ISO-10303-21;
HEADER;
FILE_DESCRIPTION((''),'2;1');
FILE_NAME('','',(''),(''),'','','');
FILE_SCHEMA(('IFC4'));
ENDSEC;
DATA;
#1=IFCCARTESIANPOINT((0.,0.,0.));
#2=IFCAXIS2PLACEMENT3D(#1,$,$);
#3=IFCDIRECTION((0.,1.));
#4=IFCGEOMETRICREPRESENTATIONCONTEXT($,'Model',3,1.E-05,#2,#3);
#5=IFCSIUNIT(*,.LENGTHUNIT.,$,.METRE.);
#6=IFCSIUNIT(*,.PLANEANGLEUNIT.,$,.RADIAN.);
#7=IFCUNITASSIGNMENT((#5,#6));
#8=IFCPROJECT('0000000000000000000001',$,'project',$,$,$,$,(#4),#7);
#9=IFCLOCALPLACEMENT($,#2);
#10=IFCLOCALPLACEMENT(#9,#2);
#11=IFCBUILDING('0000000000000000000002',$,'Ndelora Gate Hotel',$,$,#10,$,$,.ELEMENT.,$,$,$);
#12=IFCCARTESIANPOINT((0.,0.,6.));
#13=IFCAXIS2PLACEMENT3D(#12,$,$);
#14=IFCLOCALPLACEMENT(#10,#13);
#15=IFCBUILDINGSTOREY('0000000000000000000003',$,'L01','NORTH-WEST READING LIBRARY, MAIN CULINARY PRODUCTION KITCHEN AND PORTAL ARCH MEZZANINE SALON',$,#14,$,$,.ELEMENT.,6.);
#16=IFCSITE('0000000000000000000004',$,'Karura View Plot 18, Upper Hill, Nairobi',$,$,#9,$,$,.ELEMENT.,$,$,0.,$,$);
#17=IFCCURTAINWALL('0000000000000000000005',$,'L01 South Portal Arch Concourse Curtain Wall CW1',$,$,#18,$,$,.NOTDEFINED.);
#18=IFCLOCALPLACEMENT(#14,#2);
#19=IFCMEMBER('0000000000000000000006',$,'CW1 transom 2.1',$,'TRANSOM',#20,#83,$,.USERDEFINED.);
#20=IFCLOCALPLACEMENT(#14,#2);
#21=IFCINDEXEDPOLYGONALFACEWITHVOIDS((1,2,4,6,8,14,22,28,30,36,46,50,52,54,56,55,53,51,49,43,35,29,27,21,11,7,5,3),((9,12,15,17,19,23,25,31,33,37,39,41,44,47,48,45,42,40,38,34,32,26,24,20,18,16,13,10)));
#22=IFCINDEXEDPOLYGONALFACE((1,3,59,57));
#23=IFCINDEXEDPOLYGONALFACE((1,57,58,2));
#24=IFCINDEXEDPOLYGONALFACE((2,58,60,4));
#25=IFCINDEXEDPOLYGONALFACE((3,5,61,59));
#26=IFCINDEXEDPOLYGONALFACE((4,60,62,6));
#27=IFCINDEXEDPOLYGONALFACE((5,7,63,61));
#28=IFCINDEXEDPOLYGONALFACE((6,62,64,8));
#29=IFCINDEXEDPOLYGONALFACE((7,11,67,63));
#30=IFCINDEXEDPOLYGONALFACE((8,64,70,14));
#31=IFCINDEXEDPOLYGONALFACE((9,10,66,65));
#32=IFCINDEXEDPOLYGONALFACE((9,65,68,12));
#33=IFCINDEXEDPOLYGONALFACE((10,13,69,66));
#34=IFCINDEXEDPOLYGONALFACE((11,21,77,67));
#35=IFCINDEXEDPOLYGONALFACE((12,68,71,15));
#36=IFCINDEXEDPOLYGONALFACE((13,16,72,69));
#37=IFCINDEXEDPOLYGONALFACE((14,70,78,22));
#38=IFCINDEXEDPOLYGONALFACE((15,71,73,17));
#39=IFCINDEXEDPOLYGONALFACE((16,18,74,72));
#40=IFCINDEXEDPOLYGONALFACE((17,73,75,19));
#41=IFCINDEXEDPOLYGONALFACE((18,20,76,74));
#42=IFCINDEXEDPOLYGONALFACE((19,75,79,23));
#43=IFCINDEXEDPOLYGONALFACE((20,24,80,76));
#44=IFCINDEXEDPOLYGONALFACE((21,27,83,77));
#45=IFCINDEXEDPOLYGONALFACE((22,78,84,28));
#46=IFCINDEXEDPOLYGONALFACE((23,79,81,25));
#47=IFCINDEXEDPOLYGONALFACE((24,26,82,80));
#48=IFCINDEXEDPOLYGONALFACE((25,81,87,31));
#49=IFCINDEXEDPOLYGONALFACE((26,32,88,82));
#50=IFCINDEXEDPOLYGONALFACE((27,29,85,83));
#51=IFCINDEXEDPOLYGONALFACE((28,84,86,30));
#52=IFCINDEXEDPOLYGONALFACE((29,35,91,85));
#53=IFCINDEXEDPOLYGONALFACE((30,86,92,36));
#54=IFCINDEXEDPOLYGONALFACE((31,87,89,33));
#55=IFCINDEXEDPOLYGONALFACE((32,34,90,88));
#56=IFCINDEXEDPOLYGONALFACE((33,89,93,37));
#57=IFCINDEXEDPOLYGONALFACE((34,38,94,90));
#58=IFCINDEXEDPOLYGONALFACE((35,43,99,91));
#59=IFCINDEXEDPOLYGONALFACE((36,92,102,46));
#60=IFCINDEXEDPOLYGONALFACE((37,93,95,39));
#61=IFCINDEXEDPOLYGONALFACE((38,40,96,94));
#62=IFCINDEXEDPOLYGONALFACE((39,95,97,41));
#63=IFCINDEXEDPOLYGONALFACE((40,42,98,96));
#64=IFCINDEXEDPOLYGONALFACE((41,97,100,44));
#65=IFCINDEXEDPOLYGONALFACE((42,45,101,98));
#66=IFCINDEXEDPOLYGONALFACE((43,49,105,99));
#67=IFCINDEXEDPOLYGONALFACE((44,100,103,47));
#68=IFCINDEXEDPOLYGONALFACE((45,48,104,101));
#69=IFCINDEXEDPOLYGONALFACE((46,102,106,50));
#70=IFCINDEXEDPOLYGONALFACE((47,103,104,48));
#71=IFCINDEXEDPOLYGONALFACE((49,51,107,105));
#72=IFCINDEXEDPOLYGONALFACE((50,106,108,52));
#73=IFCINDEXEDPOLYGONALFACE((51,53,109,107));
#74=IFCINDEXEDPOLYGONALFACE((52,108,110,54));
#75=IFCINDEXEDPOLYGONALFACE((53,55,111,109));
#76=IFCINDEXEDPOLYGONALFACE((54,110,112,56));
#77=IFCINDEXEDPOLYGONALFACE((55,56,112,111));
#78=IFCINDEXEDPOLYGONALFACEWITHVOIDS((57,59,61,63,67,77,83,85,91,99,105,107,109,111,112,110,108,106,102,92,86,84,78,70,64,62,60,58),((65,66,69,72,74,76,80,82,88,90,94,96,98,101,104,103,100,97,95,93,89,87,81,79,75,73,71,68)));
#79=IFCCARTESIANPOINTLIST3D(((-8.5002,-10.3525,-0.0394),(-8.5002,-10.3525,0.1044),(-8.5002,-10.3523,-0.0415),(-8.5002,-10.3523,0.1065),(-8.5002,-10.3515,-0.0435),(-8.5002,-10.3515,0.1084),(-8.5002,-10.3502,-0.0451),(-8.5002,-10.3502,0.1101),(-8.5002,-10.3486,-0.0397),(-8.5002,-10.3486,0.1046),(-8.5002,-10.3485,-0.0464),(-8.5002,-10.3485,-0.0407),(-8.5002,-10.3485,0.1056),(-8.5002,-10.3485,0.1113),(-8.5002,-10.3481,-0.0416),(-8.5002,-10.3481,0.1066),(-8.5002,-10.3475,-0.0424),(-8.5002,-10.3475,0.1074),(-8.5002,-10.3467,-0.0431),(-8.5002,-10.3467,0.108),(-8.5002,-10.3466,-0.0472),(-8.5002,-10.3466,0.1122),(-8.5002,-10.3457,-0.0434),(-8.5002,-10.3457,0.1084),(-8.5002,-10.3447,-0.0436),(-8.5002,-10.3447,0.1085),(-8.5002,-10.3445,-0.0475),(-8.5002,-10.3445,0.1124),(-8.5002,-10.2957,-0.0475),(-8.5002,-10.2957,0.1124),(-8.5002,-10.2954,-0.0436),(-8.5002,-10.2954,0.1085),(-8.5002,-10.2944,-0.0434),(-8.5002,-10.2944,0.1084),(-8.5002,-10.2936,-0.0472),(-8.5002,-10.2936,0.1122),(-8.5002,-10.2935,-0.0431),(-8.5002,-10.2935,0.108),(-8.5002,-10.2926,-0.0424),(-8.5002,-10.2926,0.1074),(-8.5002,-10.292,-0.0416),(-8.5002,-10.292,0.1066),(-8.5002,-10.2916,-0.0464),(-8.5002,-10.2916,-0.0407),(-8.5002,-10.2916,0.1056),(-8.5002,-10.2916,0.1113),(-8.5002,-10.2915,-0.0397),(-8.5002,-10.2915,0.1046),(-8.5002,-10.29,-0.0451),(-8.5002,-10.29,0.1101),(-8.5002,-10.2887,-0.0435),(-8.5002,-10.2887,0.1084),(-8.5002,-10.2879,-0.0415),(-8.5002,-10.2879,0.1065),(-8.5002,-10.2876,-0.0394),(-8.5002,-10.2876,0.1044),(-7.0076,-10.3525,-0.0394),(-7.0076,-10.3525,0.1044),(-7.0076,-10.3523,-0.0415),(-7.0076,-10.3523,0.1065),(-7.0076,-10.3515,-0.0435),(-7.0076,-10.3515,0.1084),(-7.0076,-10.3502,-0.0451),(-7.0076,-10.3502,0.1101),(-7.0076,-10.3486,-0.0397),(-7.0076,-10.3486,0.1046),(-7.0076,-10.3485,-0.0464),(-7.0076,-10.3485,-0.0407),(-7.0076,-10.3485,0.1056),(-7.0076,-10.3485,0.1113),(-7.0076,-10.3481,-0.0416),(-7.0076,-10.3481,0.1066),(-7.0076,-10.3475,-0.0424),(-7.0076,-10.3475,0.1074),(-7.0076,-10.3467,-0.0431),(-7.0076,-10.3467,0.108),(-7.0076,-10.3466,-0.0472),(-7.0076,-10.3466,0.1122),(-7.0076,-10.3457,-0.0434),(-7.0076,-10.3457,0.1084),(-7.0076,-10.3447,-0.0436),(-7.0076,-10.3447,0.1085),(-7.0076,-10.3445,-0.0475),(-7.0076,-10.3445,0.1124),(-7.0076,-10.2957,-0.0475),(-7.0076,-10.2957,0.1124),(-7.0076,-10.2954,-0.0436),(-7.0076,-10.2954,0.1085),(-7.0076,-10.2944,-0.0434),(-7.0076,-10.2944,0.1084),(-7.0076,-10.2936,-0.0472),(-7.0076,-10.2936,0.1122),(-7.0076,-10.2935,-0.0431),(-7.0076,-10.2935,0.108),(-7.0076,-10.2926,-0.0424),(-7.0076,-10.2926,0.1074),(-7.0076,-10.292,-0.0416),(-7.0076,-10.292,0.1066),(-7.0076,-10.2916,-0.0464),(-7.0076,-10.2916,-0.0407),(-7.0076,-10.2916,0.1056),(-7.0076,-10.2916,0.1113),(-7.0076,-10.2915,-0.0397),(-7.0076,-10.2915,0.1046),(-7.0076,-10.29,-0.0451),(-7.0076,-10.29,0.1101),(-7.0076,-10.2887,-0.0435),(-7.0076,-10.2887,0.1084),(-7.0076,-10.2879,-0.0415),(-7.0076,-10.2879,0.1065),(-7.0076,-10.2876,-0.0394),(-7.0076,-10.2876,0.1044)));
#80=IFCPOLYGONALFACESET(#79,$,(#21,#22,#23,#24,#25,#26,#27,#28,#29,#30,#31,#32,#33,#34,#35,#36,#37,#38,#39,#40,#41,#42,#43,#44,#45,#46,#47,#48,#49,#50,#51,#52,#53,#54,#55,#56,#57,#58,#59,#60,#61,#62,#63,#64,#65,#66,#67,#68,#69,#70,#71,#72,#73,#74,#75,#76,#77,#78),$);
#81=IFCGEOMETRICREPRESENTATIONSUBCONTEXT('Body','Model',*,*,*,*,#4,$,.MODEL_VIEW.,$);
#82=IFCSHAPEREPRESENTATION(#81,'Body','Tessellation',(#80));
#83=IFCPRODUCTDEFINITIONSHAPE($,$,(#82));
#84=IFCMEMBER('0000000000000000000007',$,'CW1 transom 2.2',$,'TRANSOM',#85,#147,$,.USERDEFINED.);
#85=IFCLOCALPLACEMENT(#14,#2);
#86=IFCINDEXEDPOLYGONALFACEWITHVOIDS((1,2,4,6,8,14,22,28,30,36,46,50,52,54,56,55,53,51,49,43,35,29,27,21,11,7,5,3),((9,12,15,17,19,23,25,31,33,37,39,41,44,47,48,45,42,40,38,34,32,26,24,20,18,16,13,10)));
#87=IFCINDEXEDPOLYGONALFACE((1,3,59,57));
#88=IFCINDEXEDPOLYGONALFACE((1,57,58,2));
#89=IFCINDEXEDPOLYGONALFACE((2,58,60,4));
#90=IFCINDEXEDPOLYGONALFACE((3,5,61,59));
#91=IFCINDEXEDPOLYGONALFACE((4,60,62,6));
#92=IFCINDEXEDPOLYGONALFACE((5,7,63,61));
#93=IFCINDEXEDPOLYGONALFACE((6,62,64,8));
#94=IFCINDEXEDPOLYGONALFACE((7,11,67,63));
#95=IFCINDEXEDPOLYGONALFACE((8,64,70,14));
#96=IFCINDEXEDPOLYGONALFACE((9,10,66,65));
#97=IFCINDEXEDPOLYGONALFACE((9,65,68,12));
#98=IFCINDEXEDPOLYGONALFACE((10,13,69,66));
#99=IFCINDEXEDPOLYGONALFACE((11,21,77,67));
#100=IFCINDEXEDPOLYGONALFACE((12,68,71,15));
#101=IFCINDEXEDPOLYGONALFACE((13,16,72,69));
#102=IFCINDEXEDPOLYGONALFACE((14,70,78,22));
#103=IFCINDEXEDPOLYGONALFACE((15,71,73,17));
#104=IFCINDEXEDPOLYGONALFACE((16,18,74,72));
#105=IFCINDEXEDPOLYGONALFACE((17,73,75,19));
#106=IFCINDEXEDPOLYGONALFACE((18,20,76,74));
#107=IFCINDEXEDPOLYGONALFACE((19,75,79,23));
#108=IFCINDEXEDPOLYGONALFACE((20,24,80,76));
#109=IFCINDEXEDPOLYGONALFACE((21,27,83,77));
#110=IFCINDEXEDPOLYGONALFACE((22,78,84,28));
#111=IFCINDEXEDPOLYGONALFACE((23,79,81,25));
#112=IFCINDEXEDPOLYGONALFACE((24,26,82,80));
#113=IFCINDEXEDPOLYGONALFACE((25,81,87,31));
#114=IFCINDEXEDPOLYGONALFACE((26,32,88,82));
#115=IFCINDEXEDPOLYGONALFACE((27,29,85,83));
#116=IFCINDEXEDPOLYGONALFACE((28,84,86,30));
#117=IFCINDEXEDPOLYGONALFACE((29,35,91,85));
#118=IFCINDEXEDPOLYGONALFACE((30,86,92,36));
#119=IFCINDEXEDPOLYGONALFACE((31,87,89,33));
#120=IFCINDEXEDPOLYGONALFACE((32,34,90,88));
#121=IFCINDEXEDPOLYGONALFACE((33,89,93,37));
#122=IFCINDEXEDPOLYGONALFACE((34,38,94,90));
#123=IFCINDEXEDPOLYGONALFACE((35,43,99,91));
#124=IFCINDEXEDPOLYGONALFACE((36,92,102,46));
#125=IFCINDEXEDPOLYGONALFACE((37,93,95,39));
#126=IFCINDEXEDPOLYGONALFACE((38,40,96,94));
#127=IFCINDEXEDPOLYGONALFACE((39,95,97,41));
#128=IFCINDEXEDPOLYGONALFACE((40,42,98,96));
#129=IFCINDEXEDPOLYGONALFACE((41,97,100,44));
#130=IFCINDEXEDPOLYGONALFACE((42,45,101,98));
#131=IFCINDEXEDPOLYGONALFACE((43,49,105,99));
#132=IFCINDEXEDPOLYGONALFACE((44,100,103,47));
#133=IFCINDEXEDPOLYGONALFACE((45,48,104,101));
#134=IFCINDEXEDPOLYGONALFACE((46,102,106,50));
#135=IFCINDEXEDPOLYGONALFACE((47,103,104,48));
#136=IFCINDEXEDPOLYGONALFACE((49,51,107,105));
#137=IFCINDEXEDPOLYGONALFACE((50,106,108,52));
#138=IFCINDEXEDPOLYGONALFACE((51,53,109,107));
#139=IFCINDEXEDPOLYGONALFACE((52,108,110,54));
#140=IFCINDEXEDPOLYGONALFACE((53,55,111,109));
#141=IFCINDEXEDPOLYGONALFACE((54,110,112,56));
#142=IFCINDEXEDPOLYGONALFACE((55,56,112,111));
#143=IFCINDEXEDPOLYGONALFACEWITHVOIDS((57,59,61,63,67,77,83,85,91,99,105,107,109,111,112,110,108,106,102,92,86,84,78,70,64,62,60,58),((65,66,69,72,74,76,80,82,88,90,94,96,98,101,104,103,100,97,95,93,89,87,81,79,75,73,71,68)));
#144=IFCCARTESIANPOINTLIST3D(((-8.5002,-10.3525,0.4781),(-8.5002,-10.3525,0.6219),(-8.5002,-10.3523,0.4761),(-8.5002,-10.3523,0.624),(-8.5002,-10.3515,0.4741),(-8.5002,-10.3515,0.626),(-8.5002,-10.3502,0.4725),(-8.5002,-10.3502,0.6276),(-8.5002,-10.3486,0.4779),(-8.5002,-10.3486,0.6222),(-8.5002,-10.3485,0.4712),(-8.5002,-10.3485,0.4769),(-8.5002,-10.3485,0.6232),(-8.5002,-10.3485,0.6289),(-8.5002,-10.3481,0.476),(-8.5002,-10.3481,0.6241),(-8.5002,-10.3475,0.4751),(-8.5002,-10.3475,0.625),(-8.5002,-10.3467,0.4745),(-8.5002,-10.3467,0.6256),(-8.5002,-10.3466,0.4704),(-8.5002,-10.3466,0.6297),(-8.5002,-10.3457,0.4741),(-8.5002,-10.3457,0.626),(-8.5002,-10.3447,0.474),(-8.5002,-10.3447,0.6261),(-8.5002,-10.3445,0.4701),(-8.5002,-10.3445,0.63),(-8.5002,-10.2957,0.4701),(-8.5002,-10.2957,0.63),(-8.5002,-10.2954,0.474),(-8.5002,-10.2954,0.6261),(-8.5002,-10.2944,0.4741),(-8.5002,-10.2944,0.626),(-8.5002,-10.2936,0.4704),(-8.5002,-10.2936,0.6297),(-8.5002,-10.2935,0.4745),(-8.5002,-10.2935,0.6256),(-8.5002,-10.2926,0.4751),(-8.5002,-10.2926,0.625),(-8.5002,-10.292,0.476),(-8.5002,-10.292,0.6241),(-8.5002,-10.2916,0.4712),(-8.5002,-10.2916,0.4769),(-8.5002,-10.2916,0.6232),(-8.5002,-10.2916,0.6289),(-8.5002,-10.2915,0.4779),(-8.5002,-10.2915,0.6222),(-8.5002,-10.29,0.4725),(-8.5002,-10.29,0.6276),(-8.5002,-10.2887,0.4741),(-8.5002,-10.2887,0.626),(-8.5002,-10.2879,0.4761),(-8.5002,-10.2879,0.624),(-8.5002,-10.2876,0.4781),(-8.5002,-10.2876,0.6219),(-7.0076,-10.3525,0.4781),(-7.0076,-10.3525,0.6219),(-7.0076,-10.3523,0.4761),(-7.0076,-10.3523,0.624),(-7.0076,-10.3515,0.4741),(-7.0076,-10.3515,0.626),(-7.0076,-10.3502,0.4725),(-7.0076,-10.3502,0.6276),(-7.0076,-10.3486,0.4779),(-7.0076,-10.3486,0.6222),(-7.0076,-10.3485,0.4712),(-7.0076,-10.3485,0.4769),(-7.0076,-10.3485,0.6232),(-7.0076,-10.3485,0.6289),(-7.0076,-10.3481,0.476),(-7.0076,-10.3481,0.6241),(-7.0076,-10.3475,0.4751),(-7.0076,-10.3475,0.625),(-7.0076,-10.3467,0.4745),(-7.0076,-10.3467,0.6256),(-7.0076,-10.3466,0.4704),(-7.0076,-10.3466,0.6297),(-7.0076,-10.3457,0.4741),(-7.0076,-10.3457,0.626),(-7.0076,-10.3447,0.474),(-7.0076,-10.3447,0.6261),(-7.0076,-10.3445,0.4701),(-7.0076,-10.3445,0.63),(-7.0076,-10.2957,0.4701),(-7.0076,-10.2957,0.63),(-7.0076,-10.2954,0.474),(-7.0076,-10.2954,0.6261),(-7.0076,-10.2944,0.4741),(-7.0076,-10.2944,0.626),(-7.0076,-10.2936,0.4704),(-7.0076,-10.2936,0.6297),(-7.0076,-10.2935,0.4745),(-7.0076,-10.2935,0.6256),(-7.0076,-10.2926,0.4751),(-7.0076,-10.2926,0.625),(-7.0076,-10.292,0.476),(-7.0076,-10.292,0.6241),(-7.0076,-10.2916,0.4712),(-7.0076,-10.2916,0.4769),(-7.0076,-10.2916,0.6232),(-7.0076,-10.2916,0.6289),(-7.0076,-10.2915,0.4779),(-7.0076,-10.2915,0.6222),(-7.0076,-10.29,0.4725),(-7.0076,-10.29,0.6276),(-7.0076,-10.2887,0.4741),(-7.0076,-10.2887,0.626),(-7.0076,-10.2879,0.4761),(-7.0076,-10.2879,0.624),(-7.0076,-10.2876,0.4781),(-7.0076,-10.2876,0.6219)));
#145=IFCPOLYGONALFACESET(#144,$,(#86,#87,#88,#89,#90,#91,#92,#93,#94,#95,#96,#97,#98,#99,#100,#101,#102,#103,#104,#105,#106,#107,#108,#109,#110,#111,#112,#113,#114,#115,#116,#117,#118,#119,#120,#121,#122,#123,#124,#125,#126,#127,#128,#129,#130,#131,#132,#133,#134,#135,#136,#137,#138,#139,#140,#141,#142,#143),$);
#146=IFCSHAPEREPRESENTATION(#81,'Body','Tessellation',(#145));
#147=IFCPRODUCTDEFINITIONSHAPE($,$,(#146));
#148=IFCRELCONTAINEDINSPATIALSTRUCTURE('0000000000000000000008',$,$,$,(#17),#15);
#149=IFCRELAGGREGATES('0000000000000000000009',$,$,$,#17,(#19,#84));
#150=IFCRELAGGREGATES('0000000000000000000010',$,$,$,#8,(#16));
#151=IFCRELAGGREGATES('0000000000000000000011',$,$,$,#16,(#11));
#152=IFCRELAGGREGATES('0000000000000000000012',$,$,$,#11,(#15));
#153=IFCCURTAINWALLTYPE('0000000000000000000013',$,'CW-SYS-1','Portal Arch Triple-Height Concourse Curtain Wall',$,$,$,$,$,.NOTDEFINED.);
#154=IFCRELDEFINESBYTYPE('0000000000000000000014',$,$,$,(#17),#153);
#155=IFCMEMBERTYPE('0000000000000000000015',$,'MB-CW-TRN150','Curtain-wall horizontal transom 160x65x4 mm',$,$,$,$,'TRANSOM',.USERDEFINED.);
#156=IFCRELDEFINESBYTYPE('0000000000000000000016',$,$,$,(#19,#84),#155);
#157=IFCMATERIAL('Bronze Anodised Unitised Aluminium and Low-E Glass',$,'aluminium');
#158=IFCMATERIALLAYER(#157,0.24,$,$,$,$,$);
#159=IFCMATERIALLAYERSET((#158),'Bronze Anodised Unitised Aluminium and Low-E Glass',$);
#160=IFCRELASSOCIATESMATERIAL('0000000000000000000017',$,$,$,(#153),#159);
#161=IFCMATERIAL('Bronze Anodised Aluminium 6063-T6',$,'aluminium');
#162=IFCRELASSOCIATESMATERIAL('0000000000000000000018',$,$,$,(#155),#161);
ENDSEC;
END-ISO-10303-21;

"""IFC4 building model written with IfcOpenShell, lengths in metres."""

from ifc_helpers import new_model, si_unit, direction, frame, origin, origin_2d, place, context, subcontext, project, spatial, hollow_rectangle, extrude, material, layer, layer_set, material_profile, profile_set, type_object, element, aggregate, save


model = new_model("IFC4")

# Units and contexts
model_context = context("Model", 3, precision=1e-05, world=origin(), true_north=direction((0.0, 1.0)))
body_context = subcontext(model_context, "Body", "Model", "MODEL_VIEW")
ifc_project = project(units=[si_unit("LENGTHUNIT", "METRE"), si_unit("PLANEANGLEUNIT", "RADIAN")], contexts=[model_context])

# Site, building, storey
site_placement = place(None, origin())
site = spatial("IfcSite", under=ifc_project, at=site_placement, Name="Karura View Plot 18, Upper Hill, Nairobi", CompositionType="ELEMENT", RefElevation=0.0)
building_placement = place(site_placement, origin())
building = spatial("IfcBuilding", under=site, at=building_placement, Name="Ndelora Gate Hotel", CompositionType="ELEMENT")
storey_placement = place(building_placement, frame((0.0, 0.0, 6.0)))
storey = spatial("IfcBuildingStorey", under=building, at=storey_placement, Name="L01", Description="NORTH-WEST READING LIBRARY, MAIN CULINARY PRODUCTION KITCHEN AND PORTAL ARCH MEZZANINE SALON", CompositionType="ELEMENT", Elevation=6.0)

# Curtain wall, members
ifc_material_1 = material(Name="Bronze Anodised Unitised Aluminium and Low-E Glass", Category="aluminium")
ifc_layer_1 = layer(ifc_material_1, 0.24)
ifc_layer_set_1 = layer_set([ifc_layer_1], Name="Bronze Anodised Unitised Aluminium and Low-E Glass")
curtain_wall_type = type_object("IfcCurtainWallType", Name="CW-SYS-1", Description="Portal Arch Triple-Height Concourse Curtain Wall", PredefinedType="NOTDEFINED", material=ifc_layer_set_1)
curtain_wall_placement = place(storey_placement, origin())
curtain_wall = element("IfcCurtainWall", 1, at=curtain_wall_placement, inside=storey, type_object=curtain_wall_type, Name="L01 South Portal Arch Concourse Curtain Wall CW1", PredefinedType="NOTDEFINED")
ifc_material_2 = material(Name="Bronze Anodised Aluminium 6063-T6", Category="aluminium")
ifc_material_profile_1 = material_profile(ifc_material_2, hollow_rectangle(XDim=0.0649, YDim=0.1599, WallThickness=0.0039, InnerFilletRadius=0.0039, OuterFilletRadius=0.0081, at=origin_2d()), Name="ALU 160x65x4")
ifc_profile_set_1 = profile_set([ifc_material_profile_1], Name="Bronze Anodised Aluminium 6063-T6")
member_type_1 = type_object("IfcMemberType", Name="MB-CW-TRN150", Description="Curtain-wall horizontal transom 160x65x4 mm", ElementType="TRANSOM", PredefinedType="USERDEFINED", material=ifc_profile_set_1)
member_1_placement = place(storey_placement, frame((-8.5002, -10.3201, 0.0325), z_axis=(1.0, 0.0, 0.0), x_axis=(0.0, 1.0, 0.0)))
member_1 = element("IfcMember", 2, at=member_1_placement, type_object=member_type_1, Name="CW1 transom 2.1", ObjectType="TRANSOM", PredefinedType="USERDEFINED", context=body_context, shape_type="SweptSolid", body=[
    extrude(hollow_rectangle(XDim=0.0649, YDim=0.1599, WallThickness=0.0039, InnerFilletRadius=0.0039, OuterFilletRadius=0.0081, at=origin_2d()), origin(), (0.0, 0.0, 1.0), 1.4927),
])
member_2_placement = place(storey_placement, frame((-8.5002, -10.3201, 0.55), z_axis=(1.0, 0.0, 0.0), x_axis=(0.0, 1.0, 0.0)))
member_2 = element("IfcMember", 3, at=member_2_placement, type_object=member_type_1, Name="CW1 transom 2.2", ObjectType="TRANSOM", PredefinedType="USERDEFINED", context=body_context, shape_type="SweptSolid", body=[
    extrude(hollow_rectangle(XDim=0.0649, YDim=0.1599, WallThickness=0.0039, InnerFilletRadius=0.0039, OuterFilletRadius=0.0081, at=origin_2d()), origin(), (0.0, 0.0, 1.0), 1.4927),
])
aggregate(curtain_wall, [member_1, member_2])

save(model, "model.ifc")
